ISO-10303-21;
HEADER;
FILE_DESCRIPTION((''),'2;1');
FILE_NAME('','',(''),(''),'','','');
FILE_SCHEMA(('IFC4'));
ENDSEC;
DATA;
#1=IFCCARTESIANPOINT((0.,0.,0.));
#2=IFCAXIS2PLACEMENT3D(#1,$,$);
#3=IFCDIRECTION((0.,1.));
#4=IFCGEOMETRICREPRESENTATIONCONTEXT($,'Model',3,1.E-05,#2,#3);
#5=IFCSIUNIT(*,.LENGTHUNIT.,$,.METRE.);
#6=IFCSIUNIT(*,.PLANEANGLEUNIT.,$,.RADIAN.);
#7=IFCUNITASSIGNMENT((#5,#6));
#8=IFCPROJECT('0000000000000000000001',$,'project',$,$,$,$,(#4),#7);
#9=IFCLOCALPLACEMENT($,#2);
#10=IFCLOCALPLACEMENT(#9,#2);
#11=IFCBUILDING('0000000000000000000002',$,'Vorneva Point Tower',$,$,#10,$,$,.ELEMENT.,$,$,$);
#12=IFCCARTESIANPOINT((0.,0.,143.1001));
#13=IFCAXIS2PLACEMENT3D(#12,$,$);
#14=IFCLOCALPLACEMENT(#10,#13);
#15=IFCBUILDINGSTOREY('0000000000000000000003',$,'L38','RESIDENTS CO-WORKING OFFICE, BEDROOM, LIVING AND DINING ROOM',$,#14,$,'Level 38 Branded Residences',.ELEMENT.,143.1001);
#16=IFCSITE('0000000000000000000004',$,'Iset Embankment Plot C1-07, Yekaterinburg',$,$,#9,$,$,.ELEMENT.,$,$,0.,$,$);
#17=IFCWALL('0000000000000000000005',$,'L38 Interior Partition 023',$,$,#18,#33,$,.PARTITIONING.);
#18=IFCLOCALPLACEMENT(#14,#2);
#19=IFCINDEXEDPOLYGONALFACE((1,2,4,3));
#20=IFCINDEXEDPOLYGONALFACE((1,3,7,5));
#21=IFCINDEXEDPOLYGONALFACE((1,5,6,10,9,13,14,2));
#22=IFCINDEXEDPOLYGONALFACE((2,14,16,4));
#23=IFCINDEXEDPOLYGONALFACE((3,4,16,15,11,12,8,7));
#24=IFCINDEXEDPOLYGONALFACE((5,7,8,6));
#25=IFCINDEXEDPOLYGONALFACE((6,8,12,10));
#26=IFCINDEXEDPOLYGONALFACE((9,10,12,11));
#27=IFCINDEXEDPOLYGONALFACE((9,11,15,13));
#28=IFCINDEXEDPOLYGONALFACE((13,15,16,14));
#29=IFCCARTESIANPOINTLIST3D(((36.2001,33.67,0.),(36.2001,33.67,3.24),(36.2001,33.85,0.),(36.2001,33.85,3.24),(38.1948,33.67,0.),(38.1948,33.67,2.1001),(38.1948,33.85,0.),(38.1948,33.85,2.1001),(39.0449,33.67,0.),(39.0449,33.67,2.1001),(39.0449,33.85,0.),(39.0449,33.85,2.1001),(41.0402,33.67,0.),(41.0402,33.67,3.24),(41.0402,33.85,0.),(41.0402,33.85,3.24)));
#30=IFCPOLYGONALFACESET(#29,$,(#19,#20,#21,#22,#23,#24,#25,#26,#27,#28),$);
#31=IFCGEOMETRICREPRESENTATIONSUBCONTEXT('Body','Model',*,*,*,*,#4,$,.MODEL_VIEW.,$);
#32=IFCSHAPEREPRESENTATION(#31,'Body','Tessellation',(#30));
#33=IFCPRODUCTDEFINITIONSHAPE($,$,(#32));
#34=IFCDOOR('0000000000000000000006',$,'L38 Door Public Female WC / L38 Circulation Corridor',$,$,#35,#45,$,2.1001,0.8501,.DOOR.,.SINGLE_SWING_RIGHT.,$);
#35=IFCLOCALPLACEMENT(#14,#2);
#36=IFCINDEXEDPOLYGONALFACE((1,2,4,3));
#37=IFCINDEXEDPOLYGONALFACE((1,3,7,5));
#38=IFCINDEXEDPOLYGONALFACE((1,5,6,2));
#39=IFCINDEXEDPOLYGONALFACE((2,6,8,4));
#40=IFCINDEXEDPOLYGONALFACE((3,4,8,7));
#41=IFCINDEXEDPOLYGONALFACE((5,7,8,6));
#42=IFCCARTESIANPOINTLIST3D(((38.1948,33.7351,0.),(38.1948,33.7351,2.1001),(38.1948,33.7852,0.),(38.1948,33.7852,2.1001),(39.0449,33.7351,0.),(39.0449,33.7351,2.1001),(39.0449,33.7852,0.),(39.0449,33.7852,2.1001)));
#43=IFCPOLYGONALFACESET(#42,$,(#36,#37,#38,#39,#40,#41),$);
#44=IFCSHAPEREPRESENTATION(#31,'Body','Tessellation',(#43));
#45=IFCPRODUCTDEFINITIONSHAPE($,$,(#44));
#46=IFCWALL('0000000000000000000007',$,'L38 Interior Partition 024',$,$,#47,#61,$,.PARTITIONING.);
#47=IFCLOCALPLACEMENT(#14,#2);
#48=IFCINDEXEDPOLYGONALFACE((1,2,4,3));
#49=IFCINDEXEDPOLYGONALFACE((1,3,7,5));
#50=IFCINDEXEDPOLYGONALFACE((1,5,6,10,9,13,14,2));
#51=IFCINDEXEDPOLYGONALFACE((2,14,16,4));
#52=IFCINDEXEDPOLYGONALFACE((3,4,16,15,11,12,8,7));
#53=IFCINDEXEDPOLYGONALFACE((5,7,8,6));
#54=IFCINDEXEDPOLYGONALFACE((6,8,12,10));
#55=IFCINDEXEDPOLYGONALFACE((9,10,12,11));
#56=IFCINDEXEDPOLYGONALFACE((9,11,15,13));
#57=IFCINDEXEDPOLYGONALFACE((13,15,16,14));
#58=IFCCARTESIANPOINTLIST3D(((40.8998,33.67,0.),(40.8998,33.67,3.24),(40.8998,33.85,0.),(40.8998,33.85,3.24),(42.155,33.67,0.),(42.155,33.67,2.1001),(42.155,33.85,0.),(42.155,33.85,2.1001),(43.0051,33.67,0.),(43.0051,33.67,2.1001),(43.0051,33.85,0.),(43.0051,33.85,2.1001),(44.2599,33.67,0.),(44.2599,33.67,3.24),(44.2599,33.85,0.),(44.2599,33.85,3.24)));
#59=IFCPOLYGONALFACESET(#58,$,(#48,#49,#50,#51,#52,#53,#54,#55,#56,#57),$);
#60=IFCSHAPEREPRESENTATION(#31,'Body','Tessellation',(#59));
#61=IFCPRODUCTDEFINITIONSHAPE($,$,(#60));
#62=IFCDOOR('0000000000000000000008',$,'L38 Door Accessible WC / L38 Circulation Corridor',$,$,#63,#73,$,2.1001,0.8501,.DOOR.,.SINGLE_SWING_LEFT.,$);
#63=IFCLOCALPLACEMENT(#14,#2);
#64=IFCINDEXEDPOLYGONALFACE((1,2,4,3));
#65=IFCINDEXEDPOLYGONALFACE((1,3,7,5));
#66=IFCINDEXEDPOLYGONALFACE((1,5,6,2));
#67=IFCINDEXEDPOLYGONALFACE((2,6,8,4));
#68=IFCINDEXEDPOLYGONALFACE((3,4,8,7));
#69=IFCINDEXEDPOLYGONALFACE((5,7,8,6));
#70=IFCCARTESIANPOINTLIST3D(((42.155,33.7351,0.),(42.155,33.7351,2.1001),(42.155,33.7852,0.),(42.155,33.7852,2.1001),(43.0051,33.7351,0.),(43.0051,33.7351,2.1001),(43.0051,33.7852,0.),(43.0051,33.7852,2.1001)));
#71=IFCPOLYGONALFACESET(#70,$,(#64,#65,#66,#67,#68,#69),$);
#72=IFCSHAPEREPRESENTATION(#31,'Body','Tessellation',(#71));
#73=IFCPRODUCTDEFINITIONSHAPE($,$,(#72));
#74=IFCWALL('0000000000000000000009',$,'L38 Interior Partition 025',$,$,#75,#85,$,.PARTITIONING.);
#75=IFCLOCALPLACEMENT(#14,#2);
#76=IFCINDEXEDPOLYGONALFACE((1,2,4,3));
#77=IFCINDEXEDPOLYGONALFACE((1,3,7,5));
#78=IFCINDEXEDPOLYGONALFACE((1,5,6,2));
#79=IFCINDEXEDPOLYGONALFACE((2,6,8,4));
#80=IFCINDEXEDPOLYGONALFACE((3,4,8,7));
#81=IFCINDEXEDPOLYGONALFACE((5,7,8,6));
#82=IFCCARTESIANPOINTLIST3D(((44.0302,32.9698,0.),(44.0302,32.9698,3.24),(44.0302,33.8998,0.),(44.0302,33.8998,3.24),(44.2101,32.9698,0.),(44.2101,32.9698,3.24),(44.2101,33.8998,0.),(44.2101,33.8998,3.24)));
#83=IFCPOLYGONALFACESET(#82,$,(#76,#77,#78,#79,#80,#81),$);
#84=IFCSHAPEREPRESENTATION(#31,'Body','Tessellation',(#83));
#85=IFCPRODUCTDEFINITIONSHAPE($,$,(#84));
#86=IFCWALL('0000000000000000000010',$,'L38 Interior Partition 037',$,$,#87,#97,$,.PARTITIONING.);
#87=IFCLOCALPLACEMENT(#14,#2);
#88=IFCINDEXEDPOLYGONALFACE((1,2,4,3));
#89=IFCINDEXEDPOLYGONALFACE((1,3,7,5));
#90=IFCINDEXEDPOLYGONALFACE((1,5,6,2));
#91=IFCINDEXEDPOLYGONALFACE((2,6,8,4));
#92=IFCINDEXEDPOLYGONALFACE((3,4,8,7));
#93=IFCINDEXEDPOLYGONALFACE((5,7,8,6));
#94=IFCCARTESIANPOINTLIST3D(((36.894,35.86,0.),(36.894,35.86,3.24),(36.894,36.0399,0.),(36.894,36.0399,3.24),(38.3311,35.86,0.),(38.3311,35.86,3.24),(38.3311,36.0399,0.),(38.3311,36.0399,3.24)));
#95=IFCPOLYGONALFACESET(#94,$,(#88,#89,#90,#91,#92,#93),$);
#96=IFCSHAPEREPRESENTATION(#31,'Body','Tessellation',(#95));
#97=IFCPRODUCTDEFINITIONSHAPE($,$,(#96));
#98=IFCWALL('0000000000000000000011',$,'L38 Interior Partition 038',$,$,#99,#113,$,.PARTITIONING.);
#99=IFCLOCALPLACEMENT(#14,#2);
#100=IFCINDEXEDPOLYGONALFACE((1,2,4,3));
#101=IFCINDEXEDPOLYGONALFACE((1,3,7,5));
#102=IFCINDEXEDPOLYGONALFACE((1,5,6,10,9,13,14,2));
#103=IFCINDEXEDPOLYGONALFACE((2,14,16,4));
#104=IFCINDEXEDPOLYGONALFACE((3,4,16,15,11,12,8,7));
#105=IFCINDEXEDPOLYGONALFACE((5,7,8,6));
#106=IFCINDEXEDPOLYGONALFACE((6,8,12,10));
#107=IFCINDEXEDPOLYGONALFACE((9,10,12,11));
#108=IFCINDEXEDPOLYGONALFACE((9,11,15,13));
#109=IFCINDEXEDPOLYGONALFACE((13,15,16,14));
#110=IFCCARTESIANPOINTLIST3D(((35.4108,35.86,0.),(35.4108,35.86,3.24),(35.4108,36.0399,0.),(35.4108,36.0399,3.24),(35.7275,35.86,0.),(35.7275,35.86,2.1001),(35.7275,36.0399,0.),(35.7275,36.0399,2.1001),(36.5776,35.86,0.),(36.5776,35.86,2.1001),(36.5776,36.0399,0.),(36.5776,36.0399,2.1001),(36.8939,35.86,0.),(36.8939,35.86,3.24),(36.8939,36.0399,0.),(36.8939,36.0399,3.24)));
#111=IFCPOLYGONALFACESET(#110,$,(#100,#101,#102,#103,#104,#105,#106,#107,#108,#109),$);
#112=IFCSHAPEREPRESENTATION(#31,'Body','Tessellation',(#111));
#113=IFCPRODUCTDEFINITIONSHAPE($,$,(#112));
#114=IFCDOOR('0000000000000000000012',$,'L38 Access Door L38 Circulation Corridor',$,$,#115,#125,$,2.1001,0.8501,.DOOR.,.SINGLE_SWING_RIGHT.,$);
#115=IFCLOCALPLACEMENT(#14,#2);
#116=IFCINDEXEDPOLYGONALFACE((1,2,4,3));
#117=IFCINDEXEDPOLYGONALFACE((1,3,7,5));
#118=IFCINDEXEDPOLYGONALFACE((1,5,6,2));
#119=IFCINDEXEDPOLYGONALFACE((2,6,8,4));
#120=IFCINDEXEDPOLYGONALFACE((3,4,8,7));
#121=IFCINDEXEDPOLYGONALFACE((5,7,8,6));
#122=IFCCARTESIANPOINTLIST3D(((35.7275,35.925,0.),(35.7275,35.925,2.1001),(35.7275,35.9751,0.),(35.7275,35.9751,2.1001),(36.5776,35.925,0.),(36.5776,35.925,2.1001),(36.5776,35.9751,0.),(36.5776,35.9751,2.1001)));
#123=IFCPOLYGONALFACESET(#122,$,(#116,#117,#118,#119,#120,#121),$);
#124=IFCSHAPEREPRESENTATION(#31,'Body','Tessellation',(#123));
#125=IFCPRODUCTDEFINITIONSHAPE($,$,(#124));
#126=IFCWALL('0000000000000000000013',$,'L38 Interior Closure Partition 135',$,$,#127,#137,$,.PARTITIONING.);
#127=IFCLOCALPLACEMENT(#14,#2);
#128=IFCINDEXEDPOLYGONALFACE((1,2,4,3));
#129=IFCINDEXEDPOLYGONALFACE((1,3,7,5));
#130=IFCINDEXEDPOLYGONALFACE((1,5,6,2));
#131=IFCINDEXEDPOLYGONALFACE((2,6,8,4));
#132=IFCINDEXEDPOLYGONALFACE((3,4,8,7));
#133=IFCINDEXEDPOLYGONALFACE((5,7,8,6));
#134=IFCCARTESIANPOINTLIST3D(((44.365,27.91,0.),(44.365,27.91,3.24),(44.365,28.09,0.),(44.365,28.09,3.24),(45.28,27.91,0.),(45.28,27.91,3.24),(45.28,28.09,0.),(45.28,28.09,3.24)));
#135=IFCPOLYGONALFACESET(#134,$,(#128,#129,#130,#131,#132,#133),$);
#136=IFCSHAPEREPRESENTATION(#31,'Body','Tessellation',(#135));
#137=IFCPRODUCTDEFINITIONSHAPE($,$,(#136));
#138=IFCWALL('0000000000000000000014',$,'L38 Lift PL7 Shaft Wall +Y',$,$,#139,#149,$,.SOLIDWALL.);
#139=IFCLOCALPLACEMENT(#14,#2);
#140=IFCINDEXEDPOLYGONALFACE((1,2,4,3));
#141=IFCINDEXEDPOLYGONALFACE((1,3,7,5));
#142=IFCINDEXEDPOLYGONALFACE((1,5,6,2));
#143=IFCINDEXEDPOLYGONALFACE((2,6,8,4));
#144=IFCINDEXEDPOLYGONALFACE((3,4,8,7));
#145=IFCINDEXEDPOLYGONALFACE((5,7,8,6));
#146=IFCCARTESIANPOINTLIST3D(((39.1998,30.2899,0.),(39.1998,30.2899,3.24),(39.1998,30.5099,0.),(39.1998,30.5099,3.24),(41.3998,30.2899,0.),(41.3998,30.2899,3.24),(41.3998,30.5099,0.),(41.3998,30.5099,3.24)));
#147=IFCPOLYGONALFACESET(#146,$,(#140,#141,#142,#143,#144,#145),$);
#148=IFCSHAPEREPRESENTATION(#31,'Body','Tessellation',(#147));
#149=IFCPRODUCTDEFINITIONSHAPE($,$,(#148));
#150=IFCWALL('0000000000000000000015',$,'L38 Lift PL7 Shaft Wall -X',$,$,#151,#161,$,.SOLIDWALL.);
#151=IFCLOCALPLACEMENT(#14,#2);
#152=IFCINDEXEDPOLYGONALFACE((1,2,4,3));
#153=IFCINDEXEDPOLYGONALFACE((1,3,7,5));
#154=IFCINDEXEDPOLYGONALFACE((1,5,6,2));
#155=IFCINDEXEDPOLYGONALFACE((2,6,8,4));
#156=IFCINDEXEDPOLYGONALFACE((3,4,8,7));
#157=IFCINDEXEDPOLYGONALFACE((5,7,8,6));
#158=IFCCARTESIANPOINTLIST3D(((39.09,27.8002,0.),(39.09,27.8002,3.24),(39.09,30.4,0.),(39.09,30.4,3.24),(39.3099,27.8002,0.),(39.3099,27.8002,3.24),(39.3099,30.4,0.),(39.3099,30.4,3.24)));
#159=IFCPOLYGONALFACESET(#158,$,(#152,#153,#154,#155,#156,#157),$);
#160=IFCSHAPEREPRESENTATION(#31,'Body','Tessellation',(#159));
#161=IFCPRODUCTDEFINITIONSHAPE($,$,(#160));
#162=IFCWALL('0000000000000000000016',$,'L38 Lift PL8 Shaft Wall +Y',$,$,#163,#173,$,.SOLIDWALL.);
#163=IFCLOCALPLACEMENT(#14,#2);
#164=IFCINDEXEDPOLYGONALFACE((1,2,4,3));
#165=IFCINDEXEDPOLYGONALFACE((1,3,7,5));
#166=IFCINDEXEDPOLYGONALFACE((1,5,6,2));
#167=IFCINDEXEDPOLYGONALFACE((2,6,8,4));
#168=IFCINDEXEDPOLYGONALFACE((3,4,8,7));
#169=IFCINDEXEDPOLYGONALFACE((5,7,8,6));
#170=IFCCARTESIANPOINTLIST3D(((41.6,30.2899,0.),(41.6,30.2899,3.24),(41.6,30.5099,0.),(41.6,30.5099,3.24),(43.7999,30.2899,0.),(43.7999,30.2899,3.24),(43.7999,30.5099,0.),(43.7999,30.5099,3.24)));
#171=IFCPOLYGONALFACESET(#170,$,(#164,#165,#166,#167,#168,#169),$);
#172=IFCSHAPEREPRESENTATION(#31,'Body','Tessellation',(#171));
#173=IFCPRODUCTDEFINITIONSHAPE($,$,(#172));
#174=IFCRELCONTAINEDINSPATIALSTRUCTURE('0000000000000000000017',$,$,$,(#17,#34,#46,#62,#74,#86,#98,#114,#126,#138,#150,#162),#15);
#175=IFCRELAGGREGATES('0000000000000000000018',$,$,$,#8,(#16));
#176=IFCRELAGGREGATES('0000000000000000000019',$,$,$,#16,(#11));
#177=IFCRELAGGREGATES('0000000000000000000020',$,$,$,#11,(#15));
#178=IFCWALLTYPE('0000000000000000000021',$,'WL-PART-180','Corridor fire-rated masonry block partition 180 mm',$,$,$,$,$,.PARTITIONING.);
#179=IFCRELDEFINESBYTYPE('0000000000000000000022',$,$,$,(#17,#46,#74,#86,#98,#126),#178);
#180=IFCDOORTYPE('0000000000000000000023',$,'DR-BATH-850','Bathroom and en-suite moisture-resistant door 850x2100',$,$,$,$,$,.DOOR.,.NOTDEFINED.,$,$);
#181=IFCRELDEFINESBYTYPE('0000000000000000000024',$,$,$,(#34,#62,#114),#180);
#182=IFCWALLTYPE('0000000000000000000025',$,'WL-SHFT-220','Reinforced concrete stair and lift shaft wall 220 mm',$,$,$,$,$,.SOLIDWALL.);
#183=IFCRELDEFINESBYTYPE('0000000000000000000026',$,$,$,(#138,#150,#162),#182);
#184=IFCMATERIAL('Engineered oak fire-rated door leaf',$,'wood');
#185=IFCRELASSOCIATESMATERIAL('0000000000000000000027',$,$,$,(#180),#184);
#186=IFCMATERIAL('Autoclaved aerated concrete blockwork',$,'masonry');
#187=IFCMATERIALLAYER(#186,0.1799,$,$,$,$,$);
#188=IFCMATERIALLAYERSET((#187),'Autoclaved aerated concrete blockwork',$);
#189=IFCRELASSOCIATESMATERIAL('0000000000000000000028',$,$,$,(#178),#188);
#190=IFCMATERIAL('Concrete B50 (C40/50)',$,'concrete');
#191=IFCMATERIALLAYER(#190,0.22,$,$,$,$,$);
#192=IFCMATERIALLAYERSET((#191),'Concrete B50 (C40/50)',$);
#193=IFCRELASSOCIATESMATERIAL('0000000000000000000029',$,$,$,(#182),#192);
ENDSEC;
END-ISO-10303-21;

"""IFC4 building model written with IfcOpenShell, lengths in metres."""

from ifc_helpers import new_model, si_unit, direction, frame, frame_2d, origin, place, context, subcontext, project, spatial, rectangle, extrude, material, layer, layer_set, type_object, element, fill, save


model = new_model("IFC4")

# Units and contexts
model_context = context("Model", 3, precision=1e-05, world=origin(), true_north=direction((0.0, 1.0)))
body_context = subcontext(model_context, "Body", "Model", "MODEL_VIEW")
ifc_project = project(units=[si_unit("LENGTHUNIT", "METRE"), si_unit("PLANEANGLEUNIT", "RADIAN")], contexts=[model_context])

# Site, building, storey
site_placement = place(None, origin())
site = spatial("IfcSite", under=ifc_project, at=site_placement, Name="Iset Embankment Plot C1-07, Yekaterinburg", CompositionType="ELEMENT", RefElevation=0.0)
building_placement = place(site_placement, origin())
building = spatial("IfcBuilding", under=site, at=building_placement, Name="Vorneva Point Tower", CompositionType="ELEMENT")
storey_placement = place(building_placement, frame((0.0, 0.0, 143.1001)))
storey = spatial("IfcBuildingStorey", under=building, at=storey_placement, Name="L38", Description="RESIDENTS CO-WORKING OFFICE, BEDROOM, LIVING AND DINING ROOM", LongName="Level 38 Branded Residences", CompositionType="ELEMENT", Elevation=143.1001)

# Shared definitions
ifc_material_1 = material(Name="Engineered oak fire-rated door leaf", Category="wood")
door_type_1 = type_object("IfcDoorType", Name="DR-BATH-850", Description="Bathroom and en-suite moisture-resistant door 850x2100", OperationType="NOTDEFINED", PredefinedType="DOOR", material=ifc_material_1)

# Walls, openings, doors
ifc_material_2 = material(Name="Autoclaved aerated concrete blockwork", Category="masonry")
ifc_layer_1 = layer(ifc_material_2, 0.1799)
ifc_layer_set_1 = layer_set([ifc_layer_1], Name="Autoclaved aerated concrete blockwork")
wall_type_1 = type_object("IfcWallType", Name="WL-PART-180", Description="Corridor fire-rated masonry block partition 180 mm", PredefinedType="PARTITIONING", material=ifc_layer_set_1)
wall_1_placement = place(storey_placement, frame((41.04, 33.76, 0.0), z_axis=(0.0, 0.0, 1.0), x_axis=(-1.0, 0.0, 0.0)))
wall_1 = element("IfcWall", 1, at=wall_1_placement, inside=storey, type_object=wall_type_1, Name="L38 Interior Partition 023", PredefinedType="PARTITIONING", context=body_context, shape_type="SweptSolid", body=[
    extrude(rectangle(XDim=4.8401, YDim=0.1799, at=frame_2d((2.4199, 0.0))), origin(), (0.0, 0.0, 1.0), 3.24),
])
opening_1_placement = place(wall_1_placement, frame((1.9951, 0.0, 0.0)))
opening_1 = element("IfcOpeningElement", 2, at=opening_1_placement, cuts=wall_1, PredefinedType="OPENING", context=body_context, shape_type="SweptSolid", body=[
    extrude(rectangle(XDim=0.8501, YDim=2.1001, at=frame_2d((0.425, 1.05))), frame((0.0, 0.105, 0.0), z_axis=(0.0, -1.0, 0.0), x_axis=(1.0, 0.0, 0.0)), (0.0, 0.0, 1.0), 0.2097),
])
door_1_placement = place(opening_1_placement, origin())
door_1 = element("IfcDoor", 3, at=door_1_placement, inside=storey, type_object=door_type_1, Name="L38 Door Public Female WC / L38 Circulation Corridor", OperationType="SINGLE_SWING_RIGHT", OverallHeight=2.1001, OverallWidth=0.8501, PredefinedType="DOOR", context=body_context, shape_type="SweptSolid", body=[
    extrude(rectangle(XDim=0.8501, YDim=2.1001, at=frame_2d((0.425, 1.05))), frame((0.0, 0.0249, 0.0), z_axis=(0.0, -1.0, 0.0), x_axis=(1.0, 0.0, 0.0)), (0.0, 0.0, 1.0), 0.05),
])
fill(opening_1, door_1)
wall_2_placement = place(storey_placement, frame((44.26, 33.76, 0.0), z_axis=(0.0, 0.0, 1.0), x_axis=(-1.0, 0.0, 0.0)))
wall_2 = element("IfcWall", 4, at=wall_2_placement, inside=storey, type_object=wall_type_1, Name="L38 Interior Partition 024", PredefinedType="PARTITIONING", context=body_context, shape_type="SweptSolid", body=[
    extrude(rectangle(XDim=3.3601, YDim=0.1799, at=frame_2d((1.6802, 0.0))), origin(), (0.0, 0.0, 1.0), 3.24),
])
opening_2_placement = place(wall_2_placement, frame((1.2549, 0.0, 0.0)))
opening_2 = element("IfcOpeningElement", 5, at=opening_2_placement, cuts=wall_2, PredefinedType="OPENING", context=body_context, shape_type="SweptSolid", body=[
    extrude(rectangle(XDim=0.8501, YDim=2.1001, at=frame_2d((0.425, 1.05))), frame((0.0, 0.105, 0.0), z_axis=(0.0, -1.0, 0.0), x_axis=(1.0, 0.0, 0.0)), (0.0, 0.0, 1.0), 0.2097),
])
door_2_placement = place(opening_2_placement, origin())
door_2 = element("IfcDoor", 6, at=door_2_placement, inside=storey, type_object=door_type_1, Name="L38 Door Accessible WC / L38 Circulation Corridor", OperationType="SINGLE_SWING_LEFT", OverallHeight=2.1001, OverallWidth=0.8501, PredefinedType="DOOR", context=body_context, shape_type="SweptSolid", body=[
    extrude(rectangle(XDim=0.8501, YDim=2.1001, at=frame_2d((0.425, 1.05))), frame((0.0, 0.0249, 0.0), z_axis=(0.0, -1.0, 0.0), x_axis=(1.0, 0.0, 0.0)), (0.0, 0.0, 1.0), 0.05),
])
fill(opening_2, door_2)

# Walls
wall_3_placement = place(storey_placement, frame((44.1201, 32.97, 0.0), z_axis=(0.0, 0.0, 1.0), x_axis=(0.0, 1.0, 0.0)))
element("IfcWall", 7, at=wall_3_placement, inside=storey, type_object=wall_type_1, Name="L38 Interior Partition 025", PredefinedType="PARTITIONING", context=body_context, shape_type="SweptSolid", body=[
    extrude(rectangle(XDim=0.9299, YDim=0.1799, at=frame_2d((0.4648, 0.0))), origin(), (0.0, 0.0, 1.0), 3.24),
])
wall_4_placement = place(storey_placement, frame((38.3311, 35.95, 0.0), z_axis=(0.0, 0.0, 1.0), x_axis=(-1.0, 0.0, 0.0)))
element("IfcWall", 8, at=wall_4_placement, inside=storey, type_object=wall_type_1, Name="L38 Interior Partition 037", PredefinedType="PARTITIONING", context=body_context, shape_type="SweptSolid", body=[
    extrude(rectangle(XDim=1.437, YDim=0.1799, at=frame_2d((0.7185, 0.0))), origin(), (0.0, 0.0, 1.0), 3.24),
])

# Wall, opening, door
wall_5_placement = place(storey_placement, frame((36.894, 35.95, 0.0), z_axis=(0.0, 0.0, 1.0), x_axis=(-1.0, 0.0, 0.0)))
wall_5 = element("IfcWall", 9, at=wall_5_placement, inside=storey, type_object=wall_type_1, Name="L38 Interior Partition 038", PredefinedType="PARTITIONING", context=body_context, shape_type="SweptSolid", body=[
    extrude(rectangle(XDim=1.4832, YDim=0.1799, at=frame_2d((0.7417, 0.0))), origin(), (0.0, 0.0, 1.0), 3.24),
])
opening_3_placement = place(wall_5_placement, frame((0.3164, 0.0, 0.0)))
opening_3 = element("IfcOpeningElement", 10, at=opening_3_placement, cuts=wall_5, PredefinedType="OPENING", context=body_context, shape_type="SweptSolid", body=[
    extrude(rectangle(XDim=0.8501, YDim=2.1001, at=frame_2d((0.425, 1.05))), frame((0.0, 0.105, 0.0), z_axis=(0.0, -1.0, 0.0), x_axis=(1.0, 0.0, 0.0)), (0.0, 0.0, 1.0), 0.2097),
])
door_3_placement = place(opening_3_placement, origin())
door_3 = element("IfcDoor", 11, at=door_3_placement, inside=storey, type_object=door_type_1, Name="L38 Access Door L38 Circulation Corridor", OperationType="SINGLE_SWING_RIGHT", OverallHeight=2.1001, OverallWidth=0.8501, PredefinedType="DOOR", context=body_context, shape_type="SweptSolid", body=[
    extrude(rectangle(XDim=0.8501, YDim=2.1001, at=frame_2d((0.425, 1.05))), frame((0.0, 0.0249, 0.0), z_axis=(0.0, -1.0, 0.0), x_axis=(1.0, 0.0, 0.0)), (0.0, 0.0, 1.0), 0.05),
])
fill(opening_3, door_3)

# Walls
wall_6_placement = place(storey_placement, frame((45.28, 28.0, 0.0), z_axis=(0.0, 0.0, 1.0), x_axis=(-1.0, 0.0, 0.0)))
element("IfcWall", 12, at=wall_6_placement, inside=storey, type_object=wall_type_1, Name="L38 Interior Closure Partition 135", PredefinedType="PARTITIONING", context=body_context, shape_type="SweptSolid", body=[
    extrude(rectangle(XDim=0.915, YDim=0.1799, at=frame_2d((0.4575, 0.0))), origin(), (0.0, 0.0, 1.0), 3.24),
])
ifc_material_3 = material(Name="Concrete B50 (C40/50)", Category="concrete")
ifc_layer_2 = layer(ifc_material_3, 0.22)
ifc_layer_set_2 = layer_set([ifc_layer_2], Name="Concrete B50 (C40/50)")
wall_type_2 = type_object("IfcWallType", Name="WL-SHFT-220", Description="Reinforced concrete stair and lift shaft wall 220 mm", PredefinedType="SOLIDWALL", material=ifc_layer_set_2)
wall_7_placement = place(storey_placement, frame((41.3999, 30.3999, 0.0), z_axis=(0.0, 0.0, 1.0), x_axis=(-1.0, 0.0, 0.0)))
element("IfcWall", 13, at=wall_7_placement, inside=storey, type_object=wall_type_2, Name="L38 Lift PL7 Shaft Wall +Y", PredefinedType="SOLIDWALL", context=body_context, shape_type="SweptSolid", body=[
    extrude(rectangle(XDim=2.2, YDim=0.22, at=frame_2d((1.1001, 0.0))), origin(), (0.0, 0.0, 1.0), 3.24),
])
wall_8_placement = place(storey_placement, frame((39.2, 30.3999, 0.0), z_axis=(0.0, 0.0, 1.0), x_axis=(0.0, -1.0, 0.0)))
element("IfcWall", 14, at=wall_8_placement, inside=storey, type_object=wall_type_2, Name="L38 Lift PL7 Shaft Wall -X", PredefinedType="SOLIDWALL", context=body_context, shape_type="SweptSolid", body=[
    extrude(rectangle(XDim=2.5999, YDim=0.22, at=frame_2d((1.2998, 0.0))), origin(), (0.0, 0.0, 1.0), 3.24),
])
wall_9_placement = place(storey_placement, frame((43.8, 30.3999, 0.0), z_axis=(0.0, 0.0, 1.0), x_axis=(-1.0, 0.0, 0.0)))
element("IfcWall", 15, at=wall_9_placement, inside=storey, type_object=wall_type_2, Name="L38 Lift PL8 Shaft Wall +Y", PredefinedType="SOLIDWALL", context=body_context, shape_type="SweptSolid", body=[
    extrude(rectangle(XDim=2.2, YDim=0.22, at=frame_2d((1.1001, 0.0))), origin(), (0.0, 0.0, 1.0), 3.24),
])

save(model, "model.ifc")
